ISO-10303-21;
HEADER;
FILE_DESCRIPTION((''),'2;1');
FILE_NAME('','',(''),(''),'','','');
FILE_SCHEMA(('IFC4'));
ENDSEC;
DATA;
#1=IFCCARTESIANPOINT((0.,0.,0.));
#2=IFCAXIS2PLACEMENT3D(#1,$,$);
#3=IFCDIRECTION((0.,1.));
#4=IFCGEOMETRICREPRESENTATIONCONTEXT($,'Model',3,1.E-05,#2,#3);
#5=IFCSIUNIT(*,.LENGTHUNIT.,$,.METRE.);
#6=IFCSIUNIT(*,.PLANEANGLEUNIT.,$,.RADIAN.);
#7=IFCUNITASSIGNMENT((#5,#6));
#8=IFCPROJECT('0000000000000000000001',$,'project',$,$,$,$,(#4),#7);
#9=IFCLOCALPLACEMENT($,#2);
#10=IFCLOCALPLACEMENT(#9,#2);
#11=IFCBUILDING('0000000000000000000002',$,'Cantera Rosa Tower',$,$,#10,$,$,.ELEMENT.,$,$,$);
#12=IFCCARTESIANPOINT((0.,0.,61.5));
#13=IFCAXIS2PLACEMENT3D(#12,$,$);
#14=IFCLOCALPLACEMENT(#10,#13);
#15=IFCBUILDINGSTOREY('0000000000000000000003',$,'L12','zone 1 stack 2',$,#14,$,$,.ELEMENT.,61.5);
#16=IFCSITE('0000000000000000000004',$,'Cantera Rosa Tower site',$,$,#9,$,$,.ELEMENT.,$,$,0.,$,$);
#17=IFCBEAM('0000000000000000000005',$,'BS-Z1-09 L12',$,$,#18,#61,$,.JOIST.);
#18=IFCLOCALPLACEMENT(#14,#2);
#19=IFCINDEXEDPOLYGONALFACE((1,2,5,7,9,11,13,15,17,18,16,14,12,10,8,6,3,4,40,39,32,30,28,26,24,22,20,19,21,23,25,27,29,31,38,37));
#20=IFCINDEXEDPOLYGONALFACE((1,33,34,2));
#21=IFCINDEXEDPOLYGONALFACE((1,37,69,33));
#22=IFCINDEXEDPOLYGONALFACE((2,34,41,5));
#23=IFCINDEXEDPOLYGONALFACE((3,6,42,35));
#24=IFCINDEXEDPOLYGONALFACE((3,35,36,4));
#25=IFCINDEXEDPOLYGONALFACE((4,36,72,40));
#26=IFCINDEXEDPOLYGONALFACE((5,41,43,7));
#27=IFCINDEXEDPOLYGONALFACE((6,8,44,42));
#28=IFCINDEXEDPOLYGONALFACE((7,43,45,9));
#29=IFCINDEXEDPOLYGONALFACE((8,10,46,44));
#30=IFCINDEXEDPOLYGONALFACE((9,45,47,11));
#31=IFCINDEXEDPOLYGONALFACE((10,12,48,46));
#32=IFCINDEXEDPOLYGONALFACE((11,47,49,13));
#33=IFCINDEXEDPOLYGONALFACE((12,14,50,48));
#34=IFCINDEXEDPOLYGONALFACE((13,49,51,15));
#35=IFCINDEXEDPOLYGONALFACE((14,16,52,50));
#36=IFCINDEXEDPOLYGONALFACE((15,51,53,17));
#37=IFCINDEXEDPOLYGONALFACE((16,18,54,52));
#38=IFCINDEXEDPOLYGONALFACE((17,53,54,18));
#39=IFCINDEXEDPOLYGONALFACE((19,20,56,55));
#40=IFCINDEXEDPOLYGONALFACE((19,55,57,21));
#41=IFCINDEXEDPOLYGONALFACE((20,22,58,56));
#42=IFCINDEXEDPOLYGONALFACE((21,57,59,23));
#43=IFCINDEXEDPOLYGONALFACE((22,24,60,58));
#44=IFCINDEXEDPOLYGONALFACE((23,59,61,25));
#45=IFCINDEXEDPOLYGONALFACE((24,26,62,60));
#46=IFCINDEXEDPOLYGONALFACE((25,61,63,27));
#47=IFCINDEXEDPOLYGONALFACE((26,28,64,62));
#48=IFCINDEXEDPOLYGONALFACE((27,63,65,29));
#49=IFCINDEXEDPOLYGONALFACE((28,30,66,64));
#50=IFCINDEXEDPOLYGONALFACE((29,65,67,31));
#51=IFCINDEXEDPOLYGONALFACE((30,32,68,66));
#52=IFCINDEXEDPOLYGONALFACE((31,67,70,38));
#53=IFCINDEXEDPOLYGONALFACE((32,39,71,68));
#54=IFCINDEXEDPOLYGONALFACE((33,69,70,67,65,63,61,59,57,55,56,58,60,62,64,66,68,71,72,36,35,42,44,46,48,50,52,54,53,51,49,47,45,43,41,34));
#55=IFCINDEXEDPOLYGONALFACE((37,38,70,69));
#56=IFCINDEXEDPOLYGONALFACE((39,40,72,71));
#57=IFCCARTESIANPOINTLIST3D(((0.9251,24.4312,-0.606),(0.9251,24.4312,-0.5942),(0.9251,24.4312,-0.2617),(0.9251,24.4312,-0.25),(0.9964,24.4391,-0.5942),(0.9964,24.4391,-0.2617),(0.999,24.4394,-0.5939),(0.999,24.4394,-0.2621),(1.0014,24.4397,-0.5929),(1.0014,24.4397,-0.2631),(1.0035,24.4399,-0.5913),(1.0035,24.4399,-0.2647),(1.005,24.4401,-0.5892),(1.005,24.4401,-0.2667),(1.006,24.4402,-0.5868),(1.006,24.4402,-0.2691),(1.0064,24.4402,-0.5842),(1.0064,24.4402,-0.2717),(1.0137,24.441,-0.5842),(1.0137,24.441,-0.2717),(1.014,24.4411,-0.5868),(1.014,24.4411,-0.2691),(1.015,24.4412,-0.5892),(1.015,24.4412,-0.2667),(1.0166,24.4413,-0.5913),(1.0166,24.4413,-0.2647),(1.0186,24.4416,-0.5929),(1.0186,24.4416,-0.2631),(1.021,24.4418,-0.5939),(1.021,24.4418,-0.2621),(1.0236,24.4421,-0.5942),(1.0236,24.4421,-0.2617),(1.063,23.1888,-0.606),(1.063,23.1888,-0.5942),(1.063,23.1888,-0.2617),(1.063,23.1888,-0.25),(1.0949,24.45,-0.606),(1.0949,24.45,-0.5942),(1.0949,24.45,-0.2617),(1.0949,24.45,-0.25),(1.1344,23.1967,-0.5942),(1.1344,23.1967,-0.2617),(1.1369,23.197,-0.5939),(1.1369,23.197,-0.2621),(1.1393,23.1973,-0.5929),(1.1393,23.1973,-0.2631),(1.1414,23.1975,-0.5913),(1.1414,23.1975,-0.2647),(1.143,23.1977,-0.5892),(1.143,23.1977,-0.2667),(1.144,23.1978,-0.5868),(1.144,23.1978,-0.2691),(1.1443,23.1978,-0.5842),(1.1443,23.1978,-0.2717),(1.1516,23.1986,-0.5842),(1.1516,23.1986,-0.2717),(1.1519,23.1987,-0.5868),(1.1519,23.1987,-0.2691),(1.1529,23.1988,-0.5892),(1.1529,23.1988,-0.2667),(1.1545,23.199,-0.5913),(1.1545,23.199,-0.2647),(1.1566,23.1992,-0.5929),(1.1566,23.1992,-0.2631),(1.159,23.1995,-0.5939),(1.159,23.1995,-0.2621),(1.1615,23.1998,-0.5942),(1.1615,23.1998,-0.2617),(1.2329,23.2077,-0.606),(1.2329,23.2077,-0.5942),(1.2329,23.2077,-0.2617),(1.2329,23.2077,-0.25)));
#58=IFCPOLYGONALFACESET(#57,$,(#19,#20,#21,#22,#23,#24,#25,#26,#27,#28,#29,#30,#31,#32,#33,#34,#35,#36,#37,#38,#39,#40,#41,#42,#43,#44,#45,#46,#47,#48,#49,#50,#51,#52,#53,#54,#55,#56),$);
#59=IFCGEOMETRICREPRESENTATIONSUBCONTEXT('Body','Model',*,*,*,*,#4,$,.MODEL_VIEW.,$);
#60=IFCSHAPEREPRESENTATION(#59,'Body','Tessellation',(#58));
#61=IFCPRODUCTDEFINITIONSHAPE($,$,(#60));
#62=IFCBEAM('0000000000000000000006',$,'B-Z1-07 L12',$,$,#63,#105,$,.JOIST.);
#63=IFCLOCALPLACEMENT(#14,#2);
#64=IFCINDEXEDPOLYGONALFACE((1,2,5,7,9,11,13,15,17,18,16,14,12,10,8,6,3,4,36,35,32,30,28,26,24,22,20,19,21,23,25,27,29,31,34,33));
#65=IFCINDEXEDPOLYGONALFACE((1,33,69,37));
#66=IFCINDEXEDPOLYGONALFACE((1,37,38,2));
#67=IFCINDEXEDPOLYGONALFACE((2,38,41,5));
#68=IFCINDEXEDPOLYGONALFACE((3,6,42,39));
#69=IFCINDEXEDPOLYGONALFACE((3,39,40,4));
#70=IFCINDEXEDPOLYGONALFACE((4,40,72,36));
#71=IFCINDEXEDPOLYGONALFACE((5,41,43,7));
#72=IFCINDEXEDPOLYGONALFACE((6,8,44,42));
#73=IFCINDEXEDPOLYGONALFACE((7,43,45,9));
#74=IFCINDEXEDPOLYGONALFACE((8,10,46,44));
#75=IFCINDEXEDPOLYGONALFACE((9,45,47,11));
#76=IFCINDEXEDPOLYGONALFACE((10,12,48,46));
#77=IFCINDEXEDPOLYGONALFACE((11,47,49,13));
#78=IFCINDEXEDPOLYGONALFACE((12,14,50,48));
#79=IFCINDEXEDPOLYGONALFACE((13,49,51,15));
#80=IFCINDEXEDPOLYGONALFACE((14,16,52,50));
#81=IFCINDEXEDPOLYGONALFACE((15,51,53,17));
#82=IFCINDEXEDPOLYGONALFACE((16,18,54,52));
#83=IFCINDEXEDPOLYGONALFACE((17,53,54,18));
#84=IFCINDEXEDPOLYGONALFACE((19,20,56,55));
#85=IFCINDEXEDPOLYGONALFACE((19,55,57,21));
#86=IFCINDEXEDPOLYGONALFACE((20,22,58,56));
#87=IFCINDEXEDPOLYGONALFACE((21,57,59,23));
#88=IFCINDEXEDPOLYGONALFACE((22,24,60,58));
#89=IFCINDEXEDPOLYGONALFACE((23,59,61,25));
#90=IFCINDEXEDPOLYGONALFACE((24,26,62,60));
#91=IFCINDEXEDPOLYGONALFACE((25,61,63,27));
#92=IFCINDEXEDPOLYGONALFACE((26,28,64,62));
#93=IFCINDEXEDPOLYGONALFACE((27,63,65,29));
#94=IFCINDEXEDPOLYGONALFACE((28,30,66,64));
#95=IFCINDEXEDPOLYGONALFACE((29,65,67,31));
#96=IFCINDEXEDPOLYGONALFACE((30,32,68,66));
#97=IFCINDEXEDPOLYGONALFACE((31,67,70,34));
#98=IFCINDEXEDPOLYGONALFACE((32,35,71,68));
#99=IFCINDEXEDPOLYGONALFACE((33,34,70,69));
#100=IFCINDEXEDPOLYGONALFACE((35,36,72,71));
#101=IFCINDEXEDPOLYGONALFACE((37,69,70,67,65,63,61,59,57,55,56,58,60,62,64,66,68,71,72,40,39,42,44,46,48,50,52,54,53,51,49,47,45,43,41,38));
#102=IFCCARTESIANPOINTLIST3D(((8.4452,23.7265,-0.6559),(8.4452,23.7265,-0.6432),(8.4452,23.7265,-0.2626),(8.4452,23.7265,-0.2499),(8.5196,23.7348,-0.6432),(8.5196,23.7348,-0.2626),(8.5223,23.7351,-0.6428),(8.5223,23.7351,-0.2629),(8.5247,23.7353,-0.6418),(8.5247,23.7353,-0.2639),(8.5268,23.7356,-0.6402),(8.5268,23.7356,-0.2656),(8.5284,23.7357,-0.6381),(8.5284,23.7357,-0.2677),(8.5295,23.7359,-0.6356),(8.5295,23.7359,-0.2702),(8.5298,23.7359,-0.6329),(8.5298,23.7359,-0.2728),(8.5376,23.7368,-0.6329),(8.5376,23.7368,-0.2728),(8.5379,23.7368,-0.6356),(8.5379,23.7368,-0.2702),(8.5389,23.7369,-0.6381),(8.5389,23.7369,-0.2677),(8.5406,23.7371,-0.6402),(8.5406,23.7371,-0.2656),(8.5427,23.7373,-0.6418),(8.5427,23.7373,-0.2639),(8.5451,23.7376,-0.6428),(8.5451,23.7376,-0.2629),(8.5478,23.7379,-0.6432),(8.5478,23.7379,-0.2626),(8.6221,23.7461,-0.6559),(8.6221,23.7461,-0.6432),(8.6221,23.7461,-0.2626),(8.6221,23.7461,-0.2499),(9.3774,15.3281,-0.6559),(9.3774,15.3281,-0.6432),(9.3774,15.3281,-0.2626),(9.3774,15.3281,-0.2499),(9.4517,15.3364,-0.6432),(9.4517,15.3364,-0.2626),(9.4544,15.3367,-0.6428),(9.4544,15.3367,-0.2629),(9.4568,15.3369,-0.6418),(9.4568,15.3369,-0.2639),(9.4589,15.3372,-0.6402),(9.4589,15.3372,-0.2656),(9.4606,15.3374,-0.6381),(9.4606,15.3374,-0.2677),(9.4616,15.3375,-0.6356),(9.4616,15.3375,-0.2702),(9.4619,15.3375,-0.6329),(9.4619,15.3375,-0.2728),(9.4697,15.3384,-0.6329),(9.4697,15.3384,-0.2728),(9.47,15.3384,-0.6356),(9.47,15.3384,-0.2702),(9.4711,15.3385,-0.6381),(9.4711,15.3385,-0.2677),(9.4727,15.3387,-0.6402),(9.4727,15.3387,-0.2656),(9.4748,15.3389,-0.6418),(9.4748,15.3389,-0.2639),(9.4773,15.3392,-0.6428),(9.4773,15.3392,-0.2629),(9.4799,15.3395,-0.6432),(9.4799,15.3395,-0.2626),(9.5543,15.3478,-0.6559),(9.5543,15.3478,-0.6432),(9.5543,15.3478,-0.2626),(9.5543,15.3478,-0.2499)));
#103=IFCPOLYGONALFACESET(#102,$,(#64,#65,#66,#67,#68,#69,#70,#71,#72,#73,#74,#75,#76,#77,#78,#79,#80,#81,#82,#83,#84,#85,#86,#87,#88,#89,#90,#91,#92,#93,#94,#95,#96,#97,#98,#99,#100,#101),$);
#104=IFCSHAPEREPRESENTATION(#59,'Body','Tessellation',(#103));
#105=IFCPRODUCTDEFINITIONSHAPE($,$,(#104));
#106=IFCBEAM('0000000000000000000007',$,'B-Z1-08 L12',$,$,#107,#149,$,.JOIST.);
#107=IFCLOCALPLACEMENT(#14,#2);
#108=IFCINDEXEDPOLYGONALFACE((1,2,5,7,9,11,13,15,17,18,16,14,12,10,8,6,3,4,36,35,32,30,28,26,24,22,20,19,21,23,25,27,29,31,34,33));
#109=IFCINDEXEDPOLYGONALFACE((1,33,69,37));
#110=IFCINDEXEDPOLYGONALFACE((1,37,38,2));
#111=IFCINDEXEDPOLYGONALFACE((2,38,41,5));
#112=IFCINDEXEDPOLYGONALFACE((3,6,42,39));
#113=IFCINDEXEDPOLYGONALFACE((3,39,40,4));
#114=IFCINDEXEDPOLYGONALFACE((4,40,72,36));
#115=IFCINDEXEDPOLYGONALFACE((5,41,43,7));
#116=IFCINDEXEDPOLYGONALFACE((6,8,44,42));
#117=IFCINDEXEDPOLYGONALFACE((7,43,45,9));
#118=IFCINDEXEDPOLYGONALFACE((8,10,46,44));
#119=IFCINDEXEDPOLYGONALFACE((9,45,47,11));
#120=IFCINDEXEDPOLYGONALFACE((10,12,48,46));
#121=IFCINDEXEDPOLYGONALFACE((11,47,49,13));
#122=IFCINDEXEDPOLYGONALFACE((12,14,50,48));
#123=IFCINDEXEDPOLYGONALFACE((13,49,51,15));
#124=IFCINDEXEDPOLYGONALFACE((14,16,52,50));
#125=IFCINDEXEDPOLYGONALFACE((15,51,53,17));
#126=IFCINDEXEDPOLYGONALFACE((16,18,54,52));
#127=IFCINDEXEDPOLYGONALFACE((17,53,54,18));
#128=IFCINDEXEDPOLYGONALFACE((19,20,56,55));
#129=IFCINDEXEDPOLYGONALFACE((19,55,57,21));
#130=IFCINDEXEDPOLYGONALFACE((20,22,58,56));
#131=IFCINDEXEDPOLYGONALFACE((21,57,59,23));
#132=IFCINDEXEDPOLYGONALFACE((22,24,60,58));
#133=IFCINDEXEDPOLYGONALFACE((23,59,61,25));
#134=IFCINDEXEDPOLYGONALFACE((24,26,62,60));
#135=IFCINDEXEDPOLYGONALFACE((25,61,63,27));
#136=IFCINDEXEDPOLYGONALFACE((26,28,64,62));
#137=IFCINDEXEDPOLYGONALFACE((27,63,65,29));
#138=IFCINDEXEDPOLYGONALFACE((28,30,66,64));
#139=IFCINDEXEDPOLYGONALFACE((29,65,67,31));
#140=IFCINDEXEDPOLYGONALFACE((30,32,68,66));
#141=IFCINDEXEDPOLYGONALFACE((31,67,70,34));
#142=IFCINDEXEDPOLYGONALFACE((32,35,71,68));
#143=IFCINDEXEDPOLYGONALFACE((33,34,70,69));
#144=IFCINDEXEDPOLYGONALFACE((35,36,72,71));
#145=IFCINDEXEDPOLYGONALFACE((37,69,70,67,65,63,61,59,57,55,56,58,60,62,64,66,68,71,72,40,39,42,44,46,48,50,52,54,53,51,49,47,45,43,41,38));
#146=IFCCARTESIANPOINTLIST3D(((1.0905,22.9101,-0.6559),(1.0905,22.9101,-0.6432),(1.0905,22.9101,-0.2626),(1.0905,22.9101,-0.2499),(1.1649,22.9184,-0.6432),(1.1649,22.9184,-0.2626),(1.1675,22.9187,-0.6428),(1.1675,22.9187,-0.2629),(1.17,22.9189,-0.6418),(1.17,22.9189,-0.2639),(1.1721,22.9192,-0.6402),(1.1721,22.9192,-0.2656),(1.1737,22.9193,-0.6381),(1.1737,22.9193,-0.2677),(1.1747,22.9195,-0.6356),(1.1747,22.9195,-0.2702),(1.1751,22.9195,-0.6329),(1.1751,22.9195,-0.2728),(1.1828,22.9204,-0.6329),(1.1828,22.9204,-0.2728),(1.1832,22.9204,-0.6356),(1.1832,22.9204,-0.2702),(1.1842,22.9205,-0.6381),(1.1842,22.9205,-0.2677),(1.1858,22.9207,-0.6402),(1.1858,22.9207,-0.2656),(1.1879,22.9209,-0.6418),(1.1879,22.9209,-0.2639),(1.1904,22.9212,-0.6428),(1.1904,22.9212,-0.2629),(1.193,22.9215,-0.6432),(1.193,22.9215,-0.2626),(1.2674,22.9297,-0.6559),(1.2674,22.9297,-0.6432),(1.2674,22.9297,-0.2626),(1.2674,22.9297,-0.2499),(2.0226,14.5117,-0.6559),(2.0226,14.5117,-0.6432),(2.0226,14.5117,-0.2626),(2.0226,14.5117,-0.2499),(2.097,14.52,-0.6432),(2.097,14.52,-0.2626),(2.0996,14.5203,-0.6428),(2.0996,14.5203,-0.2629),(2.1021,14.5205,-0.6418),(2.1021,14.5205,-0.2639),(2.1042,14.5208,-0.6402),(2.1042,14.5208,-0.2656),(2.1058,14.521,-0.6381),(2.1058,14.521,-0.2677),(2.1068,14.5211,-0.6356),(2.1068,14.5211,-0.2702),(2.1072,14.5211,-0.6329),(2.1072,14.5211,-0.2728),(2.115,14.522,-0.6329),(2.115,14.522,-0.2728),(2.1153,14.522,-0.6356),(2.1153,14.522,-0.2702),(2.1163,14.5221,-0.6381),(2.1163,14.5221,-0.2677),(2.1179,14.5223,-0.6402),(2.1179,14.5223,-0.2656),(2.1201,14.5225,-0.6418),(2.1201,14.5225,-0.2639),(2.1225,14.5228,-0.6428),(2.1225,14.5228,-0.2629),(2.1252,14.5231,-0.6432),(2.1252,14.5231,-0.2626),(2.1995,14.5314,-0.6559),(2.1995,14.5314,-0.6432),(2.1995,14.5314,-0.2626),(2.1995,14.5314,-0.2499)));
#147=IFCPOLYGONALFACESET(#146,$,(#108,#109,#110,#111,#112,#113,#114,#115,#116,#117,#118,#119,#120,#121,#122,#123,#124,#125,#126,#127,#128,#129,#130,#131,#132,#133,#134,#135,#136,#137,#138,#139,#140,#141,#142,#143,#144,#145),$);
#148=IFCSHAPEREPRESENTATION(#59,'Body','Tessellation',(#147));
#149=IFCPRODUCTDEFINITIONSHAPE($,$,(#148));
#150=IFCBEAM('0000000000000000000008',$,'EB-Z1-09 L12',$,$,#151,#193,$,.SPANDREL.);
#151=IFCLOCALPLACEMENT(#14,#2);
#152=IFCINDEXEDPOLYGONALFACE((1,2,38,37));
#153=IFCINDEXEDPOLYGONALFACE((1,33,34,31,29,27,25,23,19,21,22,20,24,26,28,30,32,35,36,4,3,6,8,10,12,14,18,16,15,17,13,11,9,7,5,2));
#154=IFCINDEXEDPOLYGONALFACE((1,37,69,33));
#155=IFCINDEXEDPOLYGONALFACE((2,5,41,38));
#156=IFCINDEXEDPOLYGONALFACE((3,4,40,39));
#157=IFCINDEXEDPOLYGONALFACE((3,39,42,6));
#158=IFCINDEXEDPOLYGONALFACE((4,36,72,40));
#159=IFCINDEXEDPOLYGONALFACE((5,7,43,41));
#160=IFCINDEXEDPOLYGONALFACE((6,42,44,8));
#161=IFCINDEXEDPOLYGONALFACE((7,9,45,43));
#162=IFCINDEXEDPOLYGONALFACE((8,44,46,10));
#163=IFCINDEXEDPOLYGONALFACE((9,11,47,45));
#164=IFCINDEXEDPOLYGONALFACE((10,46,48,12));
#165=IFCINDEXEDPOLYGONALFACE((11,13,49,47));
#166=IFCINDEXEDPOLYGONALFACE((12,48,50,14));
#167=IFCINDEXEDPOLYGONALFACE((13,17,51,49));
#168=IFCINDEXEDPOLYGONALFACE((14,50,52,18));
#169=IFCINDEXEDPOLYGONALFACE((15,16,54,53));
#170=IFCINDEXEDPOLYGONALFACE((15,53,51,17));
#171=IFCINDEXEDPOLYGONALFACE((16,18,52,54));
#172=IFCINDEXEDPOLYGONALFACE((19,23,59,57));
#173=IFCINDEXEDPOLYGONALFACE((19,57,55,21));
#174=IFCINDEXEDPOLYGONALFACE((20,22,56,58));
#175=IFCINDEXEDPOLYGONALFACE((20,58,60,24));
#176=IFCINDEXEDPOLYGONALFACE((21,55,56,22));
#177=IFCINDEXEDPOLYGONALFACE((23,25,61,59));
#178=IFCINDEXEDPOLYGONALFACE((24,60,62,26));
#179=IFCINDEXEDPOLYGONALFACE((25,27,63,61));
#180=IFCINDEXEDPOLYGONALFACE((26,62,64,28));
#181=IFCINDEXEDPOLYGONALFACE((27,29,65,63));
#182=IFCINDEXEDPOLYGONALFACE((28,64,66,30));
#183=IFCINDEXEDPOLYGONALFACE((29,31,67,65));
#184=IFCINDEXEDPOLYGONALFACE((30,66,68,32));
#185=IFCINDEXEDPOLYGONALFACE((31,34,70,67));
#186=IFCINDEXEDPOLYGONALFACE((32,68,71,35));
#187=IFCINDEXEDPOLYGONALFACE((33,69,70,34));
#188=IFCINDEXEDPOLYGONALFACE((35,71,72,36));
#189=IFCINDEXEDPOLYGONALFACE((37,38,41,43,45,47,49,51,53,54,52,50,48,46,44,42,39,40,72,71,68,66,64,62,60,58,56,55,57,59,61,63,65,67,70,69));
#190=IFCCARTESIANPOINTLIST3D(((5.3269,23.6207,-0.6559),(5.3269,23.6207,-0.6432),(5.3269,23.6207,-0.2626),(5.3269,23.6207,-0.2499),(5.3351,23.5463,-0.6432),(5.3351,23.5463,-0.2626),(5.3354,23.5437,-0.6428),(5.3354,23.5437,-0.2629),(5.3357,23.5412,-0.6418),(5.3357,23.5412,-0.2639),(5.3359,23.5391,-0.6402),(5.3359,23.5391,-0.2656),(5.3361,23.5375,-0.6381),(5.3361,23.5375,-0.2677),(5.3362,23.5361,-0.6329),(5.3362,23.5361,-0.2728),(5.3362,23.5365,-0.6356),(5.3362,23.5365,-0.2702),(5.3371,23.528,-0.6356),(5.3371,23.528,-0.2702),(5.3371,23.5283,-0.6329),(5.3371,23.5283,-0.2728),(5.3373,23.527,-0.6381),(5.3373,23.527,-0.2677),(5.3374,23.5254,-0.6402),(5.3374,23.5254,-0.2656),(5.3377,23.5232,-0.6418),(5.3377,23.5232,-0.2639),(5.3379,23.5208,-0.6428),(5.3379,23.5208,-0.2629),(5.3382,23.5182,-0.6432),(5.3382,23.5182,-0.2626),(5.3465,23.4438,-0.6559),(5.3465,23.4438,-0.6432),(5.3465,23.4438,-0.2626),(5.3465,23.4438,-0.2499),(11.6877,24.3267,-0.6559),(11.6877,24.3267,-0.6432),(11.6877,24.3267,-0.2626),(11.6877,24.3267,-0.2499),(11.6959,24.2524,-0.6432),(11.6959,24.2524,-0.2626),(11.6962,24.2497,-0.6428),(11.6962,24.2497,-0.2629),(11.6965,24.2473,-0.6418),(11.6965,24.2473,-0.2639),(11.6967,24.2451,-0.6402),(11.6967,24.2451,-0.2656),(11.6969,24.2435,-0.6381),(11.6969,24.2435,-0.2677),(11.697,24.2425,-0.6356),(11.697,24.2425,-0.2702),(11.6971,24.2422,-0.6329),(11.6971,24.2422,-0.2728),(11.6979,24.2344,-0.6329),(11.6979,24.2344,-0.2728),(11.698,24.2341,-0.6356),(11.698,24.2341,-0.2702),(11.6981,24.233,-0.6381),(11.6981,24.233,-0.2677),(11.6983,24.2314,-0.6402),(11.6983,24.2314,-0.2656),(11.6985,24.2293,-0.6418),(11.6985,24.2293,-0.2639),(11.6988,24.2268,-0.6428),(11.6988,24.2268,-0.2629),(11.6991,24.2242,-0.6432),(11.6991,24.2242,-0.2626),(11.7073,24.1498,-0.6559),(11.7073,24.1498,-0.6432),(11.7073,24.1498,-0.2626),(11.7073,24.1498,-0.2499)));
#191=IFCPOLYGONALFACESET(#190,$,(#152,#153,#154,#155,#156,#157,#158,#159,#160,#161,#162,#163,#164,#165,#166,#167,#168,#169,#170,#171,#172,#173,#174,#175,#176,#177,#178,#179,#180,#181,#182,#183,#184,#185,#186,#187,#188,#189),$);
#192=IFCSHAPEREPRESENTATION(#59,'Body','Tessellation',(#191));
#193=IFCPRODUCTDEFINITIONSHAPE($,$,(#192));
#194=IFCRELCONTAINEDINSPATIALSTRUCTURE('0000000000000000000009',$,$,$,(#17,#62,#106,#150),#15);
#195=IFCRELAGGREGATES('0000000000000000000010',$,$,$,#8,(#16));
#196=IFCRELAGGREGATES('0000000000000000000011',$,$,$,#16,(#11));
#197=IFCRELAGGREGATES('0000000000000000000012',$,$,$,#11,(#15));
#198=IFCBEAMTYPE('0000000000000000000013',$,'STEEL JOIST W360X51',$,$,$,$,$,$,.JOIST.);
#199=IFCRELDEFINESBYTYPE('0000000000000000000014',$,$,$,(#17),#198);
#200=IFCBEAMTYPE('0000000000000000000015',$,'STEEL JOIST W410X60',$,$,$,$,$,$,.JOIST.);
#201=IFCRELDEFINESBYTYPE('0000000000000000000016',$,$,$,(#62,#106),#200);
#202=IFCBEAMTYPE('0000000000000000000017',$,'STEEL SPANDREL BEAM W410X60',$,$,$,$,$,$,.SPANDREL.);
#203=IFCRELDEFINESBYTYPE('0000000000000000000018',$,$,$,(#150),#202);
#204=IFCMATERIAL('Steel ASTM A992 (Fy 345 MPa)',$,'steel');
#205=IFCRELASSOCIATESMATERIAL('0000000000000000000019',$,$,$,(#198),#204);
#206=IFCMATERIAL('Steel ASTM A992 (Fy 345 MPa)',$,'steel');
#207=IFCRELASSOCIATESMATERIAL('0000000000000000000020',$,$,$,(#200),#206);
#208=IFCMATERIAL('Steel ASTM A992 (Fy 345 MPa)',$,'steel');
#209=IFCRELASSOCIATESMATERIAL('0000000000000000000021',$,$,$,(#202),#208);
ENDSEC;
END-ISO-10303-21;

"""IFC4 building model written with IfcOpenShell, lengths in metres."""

from ifc_helpers import new_model, si_unit, direction, frame, origin, origin_2d, place, context, subcontext, project, spatial, i_section, extrude, material, material_profile, profile_set, type_object, element, save


model = new_model("IFC4")

# Units and contexts
model_context = context("Model", 3, precision=1e-05, world=origin(), true_north=direction((0.0, 1.0)))
body_context = subcontext(model_context, "Body", "Model", "MODEL_VIEW")
ifc_project = project(units=[si_unit("LENGTHUNIT", "METRE"), si_unit("PLANEANGLEUNIT", "RADIAN")], contexts=[model_context])

# Site, building, storey
site_placement = place(None, origin())
site = spatial("IfcSite", under=ifc_project, at=site_placement, Name="Cantera Rosa Tower site", CompositionType="ELEMENT", RefElevation=0.0)
building_placement = place(site_placement, origin())
building = spatial("IfcBuilding", under=site, at=building_placement, Name="Cantera Rosa Tower", CompositionType="ELEMENT")
storey_placement = place(building_placement, frame((0.0, 0.0, 61.5)))
storey = spatial("IfcBuildingStorey", under=building, at=storey_placement, Name="L12", Description="zone 1 stack 2", CompositionType="ELEMENT", Elevation=61.5)

# Beams
ifc_material_1 = material(Name="Steel ASTM A992 (Fy 345 MPa)", Category="steel")
ifc_material_profile_1 = material_profile(ifc_material_1, i_section(OverallWidth=0.1709, OverallDepth=0.356, WebThickness=0.0073, FlangeThickness=0.0117, FilletRadius=0.01, at=origin_2d()), Name="W360X51")
ifc_profile_set_1 = profile_set([ifc_material_profile_1], Name="Steel ASTM A992 (Fy 345 MPa)")
beam_type_1 = type_object("IfcBeamType", Name="STEEL JOIST W360X51", PredefinedType="JOIST", material=ifc_profile_set_1)
beam_1_placement = place(storey_placement, frame((1.1479, 23.1982, -0.428), z_axis=(-0.110346, 0.993893, 0.0), x_axis=(-0.993893, -0.110346, 0.0)))
element("IfcBeam", 1, at=beam_1_placement, inside=storey, type_object=beam_type_1, Name="BS-Z1-09 L12", PredefinedType="JOIST", context=body_context, shape_type="SweptSolid", body=[
    extrude(i_section(OverallWidth=0.1709, OverallDepth=0.356, WebThickness=0.0073, FlangeThickness=0.0117, FilletRadius=0.01, at=origin_2d()), origin(), (0.0, 0.0, 1.0), 1.25),
])
ifc_material_2 = material(Name="Steel ASTM A992 (Fy 345 MPa)", Category="steel")
ifc_material_profile_2 = material_profile(ifc_material_2, i_section(OverallWidth=0.178, OverallDepth=0.406, WebThickness=0.0078, FlangeThickness=0.0127, FilletRadius=0.0103, at=origin_2d()), Name="W410X60")
ifc_profile_set_2 = profile_set([ifc_material_profile_2], Name="Steel ASTM A992 (Fy 345 MPa)")
beam_type_2 = type_object("IfcBeamType", Name="STEEL JOIST W410X60", PredefinedType="JOIST", material=ifc_profile_set_2)
for number, where, z_axis, x_axis, name in (
    (2, (8.5337, 23.7363, -0.4529), (0.110311, -0.993897, 0.0), (0.993897, 0.110311, 0.0), "B-Z1-07 L12"),
    (3, (1.179, 22.9199, -0.4529), (0.110311, -0.993897, 0.0), (0.993897, 0.110311, 0.0), "B-Z1-08 L12"),
):
    element("IfcBeam", number, at=place(storey_placement, frame(where, z_axis=z_axis, x_axis=x_axis)), inside=storey, type_object=beam_type_2, Name=name, PredefinedType="JOIST", context=body_context, shape_type="SweptSolid", body=[
        extrude(i_section(OverallWidth=0.178, OverallDepth=0.406, WebThickness=0.0078, FlangeThickness=0.0127, FilletRadius=0.0103, at=origin_2d()), origin(), (0.0, 0.0, 1.0), 8.45),
    ])
ifc_material_3 = material(Name="Steel ASTM A992 (Fy 345 MPa)", Category="steel")
ifc_material_profile_3 = material_profile(ifc_material_3, i_section(OverallWidth=0.178, OverallDepth=0.406, WebThickness=0.0078, FlangeThickness=0.0127, FilletRadius=0.0103, at=origin_2d()), Name="W410X60")
ifc_profile_set_3 = profile_set([ifc_material_profile_3], Name="Steel ASTM A992 (Fy 345 MPa)")
beam_type_3 = type_object("IfcBeamType", Name="STEEL SPANDREL BEAM W410X60", PredefinedType="SPANDREL", material=ifc_profile_set_3)
for number, where, z_axis, x_axis, name in (
    (4, (11.6975, 24.2383, -0.4529), (-0.993896, -0.110323, 0.0), (0.110323, -0.993896, 0.0), "EB-Z1-09 L12"),
):
    element("IfcBeam", number, at=place(storey_placement, frame(where, z_axis=z_axis, x_axis=x_axis)), inside=storey, type_object=beam_type_3, Name=name, PredefinedType="SPANDREL", context=body_context, shape_type="SweptSolid", body=[
        extrude(i_section(OverallWidth=0.178, OverallDepth=0.406, WebThickness=0.0078, FlangeThickness=0.0127, FilletRadius=0.0103, at=origin_2d()), origin(), (0.0, 0.0, 1.0), 6.3999),
    ])

save(model, "model.ifc")
